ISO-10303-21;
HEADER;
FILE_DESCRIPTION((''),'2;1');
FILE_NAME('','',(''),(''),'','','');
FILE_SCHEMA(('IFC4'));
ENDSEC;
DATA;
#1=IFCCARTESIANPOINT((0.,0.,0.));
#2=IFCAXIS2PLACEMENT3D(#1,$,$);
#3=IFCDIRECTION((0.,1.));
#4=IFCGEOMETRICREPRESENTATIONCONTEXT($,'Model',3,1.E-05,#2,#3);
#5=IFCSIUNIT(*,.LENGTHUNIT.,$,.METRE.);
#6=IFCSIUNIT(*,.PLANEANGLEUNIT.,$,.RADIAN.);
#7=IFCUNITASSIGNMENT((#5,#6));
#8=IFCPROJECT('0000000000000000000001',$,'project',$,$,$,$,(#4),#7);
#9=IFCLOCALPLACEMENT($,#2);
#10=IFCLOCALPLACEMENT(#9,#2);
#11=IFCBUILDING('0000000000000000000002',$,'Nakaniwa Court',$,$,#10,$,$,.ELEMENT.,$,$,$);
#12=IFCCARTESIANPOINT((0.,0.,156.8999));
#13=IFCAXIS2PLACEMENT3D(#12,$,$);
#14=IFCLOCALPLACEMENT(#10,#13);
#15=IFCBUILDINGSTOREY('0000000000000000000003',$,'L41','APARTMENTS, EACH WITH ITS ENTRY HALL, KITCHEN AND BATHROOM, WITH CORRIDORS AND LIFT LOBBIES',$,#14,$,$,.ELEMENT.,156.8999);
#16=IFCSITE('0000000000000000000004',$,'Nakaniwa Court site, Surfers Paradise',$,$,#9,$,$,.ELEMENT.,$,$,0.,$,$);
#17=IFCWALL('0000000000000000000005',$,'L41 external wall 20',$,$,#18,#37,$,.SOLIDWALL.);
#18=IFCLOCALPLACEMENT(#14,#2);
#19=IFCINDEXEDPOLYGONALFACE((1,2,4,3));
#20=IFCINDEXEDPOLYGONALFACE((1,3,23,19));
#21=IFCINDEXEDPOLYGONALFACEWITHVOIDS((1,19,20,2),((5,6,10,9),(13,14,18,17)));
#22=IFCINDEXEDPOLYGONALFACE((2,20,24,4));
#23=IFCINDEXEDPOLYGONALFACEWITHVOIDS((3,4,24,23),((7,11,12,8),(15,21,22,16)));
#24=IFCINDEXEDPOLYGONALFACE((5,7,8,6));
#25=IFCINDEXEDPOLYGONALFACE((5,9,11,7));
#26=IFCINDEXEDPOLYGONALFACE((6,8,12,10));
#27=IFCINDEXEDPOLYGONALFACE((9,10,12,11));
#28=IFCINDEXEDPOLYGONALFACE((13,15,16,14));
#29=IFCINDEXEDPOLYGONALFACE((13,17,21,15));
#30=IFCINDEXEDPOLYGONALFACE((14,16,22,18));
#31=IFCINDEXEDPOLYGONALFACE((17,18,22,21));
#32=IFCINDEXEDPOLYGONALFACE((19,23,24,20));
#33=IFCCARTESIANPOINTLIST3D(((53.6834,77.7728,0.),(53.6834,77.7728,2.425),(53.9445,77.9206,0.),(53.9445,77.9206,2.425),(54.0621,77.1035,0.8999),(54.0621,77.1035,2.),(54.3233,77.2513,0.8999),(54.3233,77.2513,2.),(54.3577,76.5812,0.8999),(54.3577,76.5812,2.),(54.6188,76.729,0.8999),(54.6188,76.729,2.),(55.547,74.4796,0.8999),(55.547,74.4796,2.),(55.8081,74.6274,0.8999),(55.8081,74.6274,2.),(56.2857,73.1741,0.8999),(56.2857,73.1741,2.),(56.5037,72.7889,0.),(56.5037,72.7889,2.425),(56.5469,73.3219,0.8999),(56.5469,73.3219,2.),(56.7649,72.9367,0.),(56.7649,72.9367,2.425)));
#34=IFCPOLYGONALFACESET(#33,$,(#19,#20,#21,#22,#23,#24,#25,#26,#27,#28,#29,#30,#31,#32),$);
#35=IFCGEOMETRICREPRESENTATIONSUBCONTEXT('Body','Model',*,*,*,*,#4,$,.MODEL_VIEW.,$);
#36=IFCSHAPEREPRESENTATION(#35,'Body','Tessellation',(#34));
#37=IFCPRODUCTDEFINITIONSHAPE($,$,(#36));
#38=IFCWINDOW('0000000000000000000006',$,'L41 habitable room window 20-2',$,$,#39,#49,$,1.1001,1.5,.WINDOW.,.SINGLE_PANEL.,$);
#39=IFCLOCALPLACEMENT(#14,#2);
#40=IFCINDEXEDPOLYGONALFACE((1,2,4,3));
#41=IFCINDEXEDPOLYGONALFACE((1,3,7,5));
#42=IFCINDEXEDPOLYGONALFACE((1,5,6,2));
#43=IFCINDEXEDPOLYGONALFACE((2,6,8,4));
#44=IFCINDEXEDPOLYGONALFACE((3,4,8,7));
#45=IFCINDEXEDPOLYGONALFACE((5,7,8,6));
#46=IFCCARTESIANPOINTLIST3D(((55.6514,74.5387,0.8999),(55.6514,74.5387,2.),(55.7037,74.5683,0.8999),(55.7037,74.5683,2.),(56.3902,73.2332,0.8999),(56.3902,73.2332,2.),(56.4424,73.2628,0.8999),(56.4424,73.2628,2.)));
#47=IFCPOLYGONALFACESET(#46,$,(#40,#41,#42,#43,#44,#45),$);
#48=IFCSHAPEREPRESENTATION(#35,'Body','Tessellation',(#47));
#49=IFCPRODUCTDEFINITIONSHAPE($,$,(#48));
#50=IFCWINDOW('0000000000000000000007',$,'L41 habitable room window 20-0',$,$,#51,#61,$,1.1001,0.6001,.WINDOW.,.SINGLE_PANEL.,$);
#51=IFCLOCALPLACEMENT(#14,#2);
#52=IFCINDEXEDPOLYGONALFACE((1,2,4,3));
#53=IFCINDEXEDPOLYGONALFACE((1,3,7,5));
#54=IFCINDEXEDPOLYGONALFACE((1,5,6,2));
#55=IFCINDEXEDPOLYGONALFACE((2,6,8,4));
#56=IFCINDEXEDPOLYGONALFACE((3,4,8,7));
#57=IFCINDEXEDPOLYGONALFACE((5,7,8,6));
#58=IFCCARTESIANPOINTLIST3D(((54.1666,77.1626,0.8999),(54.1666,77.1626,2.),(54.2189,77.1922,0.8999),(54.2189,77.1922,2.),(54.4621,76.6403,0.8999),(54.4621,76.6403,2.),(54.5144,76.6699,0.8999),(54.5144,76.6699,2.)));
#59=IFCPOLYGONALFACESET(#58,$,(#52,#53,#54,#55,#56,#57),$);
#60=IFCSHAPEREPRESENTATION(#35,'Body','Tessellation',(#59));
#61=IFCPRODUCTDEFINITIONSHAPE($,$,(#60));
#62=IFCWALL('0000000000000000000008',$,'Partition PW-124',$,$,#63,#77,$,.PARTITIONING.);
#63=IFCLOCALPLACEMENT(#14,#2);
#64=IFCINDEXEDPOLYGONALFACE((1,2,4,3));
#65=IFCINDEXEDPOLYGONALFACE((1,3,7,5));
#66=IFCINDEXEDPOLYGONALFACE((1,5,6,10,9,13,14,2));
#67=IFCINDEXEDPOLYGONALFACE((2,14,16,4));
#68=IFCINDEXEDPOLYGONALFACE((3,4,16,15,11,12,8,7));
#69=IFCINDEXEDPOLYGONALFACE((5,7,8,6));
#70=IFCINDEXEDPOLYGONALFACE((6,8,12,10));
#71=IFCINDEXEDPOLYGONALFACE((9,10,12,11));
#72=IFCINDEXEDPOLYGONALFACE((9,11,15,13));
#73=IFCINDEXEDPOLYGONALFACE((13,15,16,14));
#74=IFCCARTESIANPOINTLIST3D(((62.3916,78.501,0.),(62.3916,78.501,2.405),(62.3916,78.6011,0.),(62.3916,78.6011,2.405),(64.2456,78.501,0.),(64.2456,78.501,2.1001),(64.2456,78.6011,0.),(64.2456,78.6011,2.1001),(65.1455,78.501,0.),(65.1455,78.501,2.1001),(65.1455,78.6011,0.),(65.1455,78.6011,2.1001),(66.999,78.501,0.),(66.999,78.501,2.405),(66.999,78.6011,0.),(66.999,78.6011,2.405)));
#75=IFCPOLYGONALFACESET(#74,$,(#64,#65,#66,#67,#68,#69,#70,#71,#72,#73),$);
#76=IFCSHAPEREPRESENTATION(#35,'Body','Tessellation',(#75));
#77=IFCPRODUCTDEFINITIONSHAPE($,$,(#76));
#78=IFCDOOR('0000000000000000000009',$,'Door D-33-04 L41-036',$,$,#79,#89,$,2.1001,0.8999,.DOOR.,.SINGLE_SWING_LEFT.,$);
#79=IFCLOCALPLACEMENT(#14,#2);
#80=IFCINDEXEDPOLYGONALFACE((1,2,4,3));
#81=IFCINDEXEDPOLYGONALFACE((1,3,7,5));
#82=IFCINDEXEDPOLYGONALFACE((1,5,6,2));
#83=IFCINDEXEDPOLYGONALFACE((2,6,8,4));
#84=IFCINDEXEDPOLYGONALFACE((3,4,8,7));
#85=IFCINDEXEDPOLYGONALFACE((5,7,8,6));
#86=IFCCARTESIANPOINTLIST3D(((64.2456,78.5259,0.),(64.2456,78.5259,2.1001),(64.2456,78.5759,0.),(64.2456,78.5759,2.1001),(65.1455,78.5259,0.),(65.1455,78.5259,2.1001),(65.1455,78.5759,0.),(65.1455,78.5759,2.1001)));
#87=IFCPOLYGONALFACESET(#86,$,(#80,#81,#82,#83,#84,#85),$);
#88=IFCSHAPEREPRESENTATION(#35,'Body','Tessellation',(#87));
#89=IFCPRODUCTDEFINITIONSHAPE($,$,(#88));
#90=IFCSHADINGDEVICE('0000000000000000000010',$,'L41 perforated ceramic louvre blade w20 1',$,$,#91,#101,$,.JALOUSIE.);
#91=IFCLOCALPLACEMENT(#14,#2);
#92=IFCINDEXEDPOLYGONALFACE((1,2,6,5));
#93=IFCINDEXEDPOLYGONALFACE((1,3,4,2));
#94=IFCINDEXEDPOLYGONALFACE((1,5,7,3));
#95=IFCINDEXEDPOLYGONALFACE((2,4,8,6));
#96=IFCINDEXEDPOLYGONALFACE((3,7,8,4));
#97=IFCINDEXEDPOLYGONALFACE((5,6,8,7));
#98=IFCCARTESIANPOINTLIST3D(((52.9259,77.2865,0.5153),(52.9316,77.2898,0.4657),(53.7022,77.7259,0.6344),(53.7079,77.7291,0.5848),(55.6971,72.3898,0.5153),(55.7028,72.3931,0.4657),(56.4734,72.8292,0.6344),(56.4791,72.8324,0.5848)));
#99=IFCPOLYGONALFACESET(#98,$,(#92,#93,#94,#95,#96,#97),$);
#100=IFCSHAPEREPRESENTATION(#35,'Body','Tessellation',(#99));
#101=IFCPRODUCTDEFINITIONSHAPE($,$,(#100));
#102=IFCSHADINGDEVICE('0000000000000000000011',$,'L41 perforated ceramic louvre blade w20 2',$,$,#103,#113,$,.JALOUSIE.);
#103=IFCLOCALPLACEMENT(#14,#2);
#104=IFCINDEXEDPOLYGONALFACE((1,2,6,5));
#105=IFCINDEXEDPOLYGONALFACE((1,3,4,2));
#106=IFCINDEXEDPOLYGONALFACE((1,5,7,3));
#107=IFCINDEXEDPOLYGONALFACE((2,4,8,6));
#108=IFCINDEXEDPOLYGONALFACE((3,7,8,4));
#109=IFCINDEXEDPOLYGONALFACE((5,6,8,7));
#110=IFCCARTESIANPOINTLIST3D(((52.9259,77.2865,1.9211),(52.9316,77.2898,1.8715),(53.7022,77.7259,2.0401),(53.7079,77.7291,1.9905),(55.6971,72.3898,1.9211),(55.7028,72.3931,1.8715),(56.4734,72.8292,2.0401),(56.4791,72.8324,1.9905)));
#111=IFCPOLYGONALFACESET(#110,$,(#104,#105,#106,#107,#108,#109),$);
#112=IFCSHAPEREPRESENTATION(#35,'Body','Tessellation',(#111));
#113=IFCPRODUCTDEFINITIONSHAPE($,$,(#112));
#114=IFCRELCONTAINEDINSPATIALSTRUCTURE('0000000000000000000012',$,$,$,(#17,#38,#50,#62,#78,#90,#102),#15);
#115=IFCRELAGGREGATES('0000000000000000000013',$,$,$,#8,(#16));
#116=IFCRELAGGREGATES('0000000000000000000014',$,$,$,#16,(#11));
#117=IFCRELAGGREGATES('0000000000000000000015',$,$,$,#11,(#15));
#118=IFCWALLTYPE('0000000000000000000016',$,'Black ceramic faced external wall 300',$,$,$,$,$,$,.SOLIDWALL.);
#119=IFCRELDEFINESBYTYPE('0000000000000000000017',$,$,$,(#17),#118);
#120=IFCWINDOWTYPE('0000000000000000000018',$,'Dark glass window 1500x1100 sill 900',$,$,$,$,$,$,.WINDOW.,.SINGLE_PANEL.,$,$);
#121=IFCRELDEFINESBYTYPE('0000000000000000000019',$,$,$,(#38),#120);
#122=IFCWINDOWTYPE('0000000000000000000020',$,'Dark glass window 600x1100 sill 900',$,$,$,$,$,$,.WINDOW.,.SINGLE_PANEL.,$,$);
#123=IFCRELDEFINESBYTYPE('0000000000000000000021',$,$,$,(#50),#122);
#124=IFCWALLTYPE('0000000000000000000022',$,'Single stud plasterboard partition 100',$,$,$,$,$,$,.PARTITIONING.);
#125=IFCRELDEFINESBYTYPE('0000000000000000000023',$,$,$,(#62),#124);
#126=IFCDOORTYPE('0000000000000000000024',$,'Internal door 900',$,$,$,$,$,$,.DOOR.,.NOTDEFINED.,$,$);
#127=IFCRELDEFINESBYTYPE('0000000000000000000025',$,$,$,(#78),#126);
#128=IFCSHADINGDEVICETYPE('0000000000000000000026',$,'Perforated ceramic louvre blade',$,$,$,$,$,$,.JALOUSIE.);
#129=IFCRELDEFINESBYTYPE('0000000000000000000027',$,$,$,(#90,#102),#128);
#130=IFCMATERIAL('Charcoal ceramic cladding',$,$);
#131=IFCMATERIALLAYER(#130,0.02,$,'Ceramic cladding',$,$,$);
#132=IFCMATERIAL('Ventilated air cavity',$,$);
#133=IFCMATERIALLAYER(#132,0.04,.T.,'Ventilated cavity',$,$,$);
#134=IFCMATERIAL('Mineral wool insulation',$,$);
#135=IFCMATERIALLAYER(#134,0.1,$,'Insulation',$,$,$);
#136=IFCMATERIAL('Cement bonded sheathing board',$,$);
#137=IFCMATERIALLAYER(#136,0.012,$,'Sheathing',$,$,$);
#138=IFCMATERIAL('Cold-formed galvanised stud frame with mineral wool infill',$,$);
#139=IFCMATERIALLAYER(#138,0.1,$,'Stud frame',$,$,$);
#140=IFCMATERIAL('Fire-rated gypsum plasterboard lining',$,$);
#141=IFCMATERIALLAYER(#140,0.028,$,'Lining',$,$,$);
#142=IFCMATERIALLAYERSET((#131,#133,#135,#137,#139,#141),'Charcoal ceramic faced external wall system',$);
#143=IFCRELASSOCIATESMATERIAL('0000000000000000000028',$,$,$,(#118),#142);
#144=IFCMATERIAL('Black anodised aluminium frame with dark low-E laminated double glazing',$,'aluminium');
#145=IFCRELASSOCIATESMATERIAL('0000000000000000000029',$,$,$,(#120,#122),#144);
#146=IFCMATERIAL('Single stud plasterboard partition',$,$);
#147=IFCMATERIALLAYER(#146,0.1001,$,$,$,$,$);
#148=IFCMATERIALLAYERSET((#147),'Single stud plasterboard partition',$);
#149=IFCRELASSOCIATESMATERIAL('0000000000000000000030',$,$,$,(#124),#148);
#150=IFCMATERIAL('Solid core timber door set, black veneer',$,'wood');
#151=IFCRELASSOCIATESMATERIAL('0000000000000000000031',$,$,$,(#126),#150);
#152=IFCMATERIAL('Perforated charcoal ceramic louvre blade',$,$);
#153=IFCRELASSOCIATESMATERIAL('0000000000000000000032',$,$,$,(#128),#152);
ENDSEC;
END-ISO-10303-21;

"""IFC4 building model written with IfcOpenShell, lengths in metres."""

from ifc_helpers import new_model, si_unit, direction, frame, frame_2d, origin, origin_2d, place, context, subcontext, project, spatial, rectangle, extrude, material, layer, layer_set, material_profile, profile_set, type_object, element, fill, save


model = new_model("IFC4")

# Units and contexts
model_context = context("Model", 3, precision=1e-05, world=origin(), true_north=direction((0.0, 1.0)))
body_context = subcontext(model_context, "Body", "Model", "MODEL_VIEW")
ifc_project = project(units=[si_unit("LENGTHUNIT", "METRE"), si_unit("PLANEANGLEUNIT", "RADIAN")], contexts=[model_context])

# Site, building, storey
site_placement = place(None, origin())
site = spatial("IfcSite", under=ifc_project, at=site_placement, Name="Nakaniwa Court site, Surfers Paradise", CompositionType="ELEMENT", RefElevation=0.0)
building_placement = place(site_placement, origin())
building = spatial("IfcBuilding", under=site, at=building_placement, Name="Nakaniwa Court", CompositionType="ELEMENT")
storey_placement = place(building_placement, frame((0.0, 0.0, 156.8999)))
storey = spatial("IfcBuildingStorey", under=building, at=storey_placement, Name="L41", Description="APARTMENTS, EACH WITH ITS ENTRY HALL, KITCHEN AND BATHROOM, WITH CORRIDORS AND LIFT LOBBIES", CompositionType="ELEMENT", Elevation=156.8999)

# Shared definitions
ifc_material_1 = material(Name="Charcoal ceramic cladding")
ifc_layer_1 = layer(ifc_material_1, 0.02, Name="Ceramic cladding")
ifc_material_2 = material(Name="Ventilated air cavity")
ifc_layer_2 = layer(ifc_material_2, 0.04, ventilated=True, Name="Ventilated cavity")
ifc_material_3 = material(Name="Mineral wool insulation")
ifc_layer_3 = layer(ifc_material_3, 0.1, Name="Insulation")
ifc_material_4 = material(Name="Cement bonded sheathing board")
ifc_layer_4 = layer(ifc_material_4, 0.012, Name="Sheathing")
ifc_material_5 = material(Name="Cold-formed galvanised stud frame with mineral wool infill")
ifc_layer_5 = layer(ifc_material_5, 0.1, Name="Stud frame")
ifc_material_6 = material(Name="Fire-rated gypsum plasterboard lining")
ifc_layer_6 = layer(ifc_material_6, 0.028, Name="Lining")
ifc_layer_set_1 = layer_set([ifc_layer_1, ifc_layer_2, ifc_layer_3, ifc_layer_4, ifc_layer_5, ifc_layer_6], Name="Charcoal ceramic faced external wall system")
wall_type_1 = type_object("IfcWallType", Name="Black ceramic faced external wall 300", PredefinedType="SOLIDWALL", material=ifc_layer_set_1)
ifc_material_7 = material(Name="Black anodised aluminium frame with dark low-E laminated double glazing", Category="aluminium")
window_type_1 = type_object("IfcWindowType", Name="Dark glass window 1500x1100 sill 900", PartitioningType="SINGLE_PANEL", PredefinedType="WINDOW", material=ifc_material_7)

# Wall, openings, windows
wall_1_placement = place(storey_placement, frame((53.814, 77.8467, 0.0), z_axis=(0.0, 0.0, 1.0), x_axis=(0.492498, -0.870313, 0.0)))
wall_1 = element("IfcWall", 1, at=wall_1_placement, inside=storey, type_object=wall_type_1, Name="L41 external wall 20", PredefinedType="SOLIDWALL", context=body_context, shape_type="SweptSolid", body=[
    extrude(rectangle(XDim=5.7266, YDim=0.3, at=frame_2d((2.8633, 0.0))), origin(), (0.0, 0.0, 1.0), 2.425),
])
opening_1_placement = place(wall_1_placement, frame((0.769, 0.0, 0.8999)))
opening_1 = element("IfcOpeningElement", 2, at=opening_1_placement, cuts=wall_1, PredefinedType="OPENING", context=body_context, shape_type="SweptSolid", body=[
    extrude(rectangle(XDim=0.6001, YDim=1.1001, at=frame_2d((0.3, 0.55))), frame((0.0, 0.1599, 0.0), z_axis=(0.0, -1.0, 0.0), x_axis=(1.0, 0.0, 0.0)), (0.0, 0.0, 1.0), 0.3201),
])
opening_2_placement = place(wall_1_placement, frame((3.7839, 0.0, 0.8999)))
opening_2 = element("IfcOpeningElement", 3, at=opening_2_placement, cuts=wall_1, PredefinedType="OPENING", context=body_context, shape_type="SweptSolid", body=[
    extrude(rectangle(XDim=1.5, YDim=1.1001, at=frame_2d((0.75, 0.55))), frame((0.0, 0.1599, 0.0), z_axis=(0.0, -1.0, 0.0), x_axis=(1.0, 0.0, 0.0)), (0.0, 0.0, 1.0), 0.3201),
])
window_1_placement = place(opening_2_placement, origin())
window_1 = element("IfcWindow", 4, at=window_1_placement, inside=storey, type_object=window_type_1, Name="L41 habitable room window 20-2", OverallHeight=1.1001, OverallWidth=1.5, PartitioningType="SINGLE_PANEL", PredefinedType="WINDOW", context=body_context, shape_type="SweptSolid", body=[
    extrude(rectangle(XDim=1.5, YDim=1.1001, at=frame_2d((0.75, 0.55))), frame((0.0, 0.03, 0.0), z_axis=(0.0, -1.0, 0.0), x_axis=(1.0, 0.0, 0.0)), (0.0, 0.0, 1.0), 0.0601),
])
fill(opening_2, window_1)
window_type_2 = type_object("IfcWindowType", Name="Dark glass window 600x1100 sill 900", PartitioningType="SINGLE_PANEL", PredefinedType="WINDOW", material=ifc_material_7)
window_2_placement = place(opening_1_placement, origin())
window_2 = element("IfcWindow", 5, at=window_2_placement, inside=storey, type_object=window_type_2, Name="L41 habitable room window 20-0", OverallHeight=1.1001, OverallWidth=0.6001, PartitioningType="SINGLE_PANEL", PredefinedType="WINDOW", context=body_context, shape_type="SweptSolid", body=[
    extrude(rectangle(XDim=0.6001, YDim=1.1001, at=frame_2d((0.3, 0.55))), frame((0.0, 0.03, 0.0), z_axis=(0.0, -1.0, 0.0), x_axis=(1.0, 0.0, 0.0)), (0.0, 0.0, 1.0), 0.0601),
])
fill(opening_1, window_2)

# Wall, opening, door
ifc_material_8 = material(Name="Single stud plasterboard partition")
ifc_layer_7 = layer(ifc_material_8, 0.1001)
ifc_layer_set_2 = layer_set([ifc_layer_7], Name="Single stud plasterboard partition")
wall_type_2 = type_object("IfcWallType", Name="Single stud plasterboard partition 100", PredefinedType="PARTITIONING", material=ifc_layer_set_2)
wall_2_placement = place(storey_placement, frame((62.3916, 78.551, 0.0), z_axis=(0.0, 0.0, 1.0), x_axis=(1.0, 0.0, 0.0)))
wall_2 = element("IfcWall", 6, at=wall_2_placement, inside=storey, type_object=wall_type_2, Name="Partition PW-124", PredefinedType="PARTITIONING", context=body_context, shape_type="SweptSolid", body=[
    extrude(rectangle(XDim=4.6074, YDim=0.1001, at=frame_2d((2.3037, 0.0))), origin(), (0.0, 0.0, 1.0), 2.405),
])
opening_3_placement = place(wall_2_placement, frame((1.854, 0.0, 0.0)))
opening_3 = element("IfcOpeningElement", 7, at=opening_3_placement, cuts=wall_2, PredefinedType="OPENING", context=body_context, shape_type="SweptSolid", body=[
    extrude(rectangle(XDim=0.8999, YDim=2.1001, at=frame_2d((0.45, 1.05))), frame((0.0, 0.0601, 0.0), z_axis=(0.0, -1.0, 0.0), x_axis=(1.0, 0.0, 0.0)), (0.0, 0.0, 1.0), 0.1201),
])
ifc_material_9 = material(Name="Solid core timber door set, black veneer", Category="wood")
door_type = type_object("IfcDoorType", Name="Internal door 900", OperationType="NOTDEFINED", PredefinedType="DOOR", material=ifc_material_9)
door_placement = place(opening_3_placement, origin())
door = element("IfcDoor", 8, at=door_placement, inside=storey, type_object=door_type, Name="Door D-33-04 L41-036", OperationType="SINGLE_SWING_LEFT", OverallHeight=2.1001, OverallWidth=0.8999, PredefinedType="DOOR", context=body_context, shape_type="SweptSolid", body=[
    extrude(rectangle(XDim=0.8999, YDim=2.1001, at=frame_2d((0.45, 1.05))), frame((0.0, 0.0249, 0.0), z_axis=(0.0, -1.0, 0.0), x_axis=(1.0, 0.0, 0.0)), (0.0, 0.0, 1.0), 0.05),
])
fill(opening_3, door)

# Shading devices
ifc_material_10 = material(Name="Perforated charcoal ceramic louvre blade")
ifc_material_profile_1 = material_profile(ifc_material_10, rectangle(XDim=0.8999, YDim=0.05, at=origin_2d()), Name="Perforated ceramic louvre blade")
ifc_profile_set_1 = profile_set([ifc_material_profile_1], Name="Perforated charcoal ceramic louvre blade")
shading_device_type = type_object("IfcShadingDeviceType", Name="Perforated ceramic louvre blade", PredefinedType="JALOUSIE", material=ifc_profile_set_1)
for number, where, z_axis, x_axis, name in (
    (9, (53.3169, 77.5078, 0.55), (0.492532, -0.870294, 0.0), (0.862649, 0.488205, 0.132256), "L41 perforated ceramic louvre blade w20 1"),
    (10, (53.3169, 77.5078, 1.9558), (0.492532, -0.870294, 0.0), (0.862649, 0.488205, 0.132256), "L41 perforated ceramic louvre blade w20 2"),
):
    element("IfcShadingDevice", number, at=place(storey_placement, frame(where, z_axis=z_axis, x_axis=x_axis)), inside=storey, type_object=shading_device_type, Name=name, PredefinedType="JALOUSIE", context=body_context, shape_type="SweptSolid", body=[
        extrude(rectangle(XDim=0.8999, YDim=0.05, at=origin_2d()), origin(), (0.0, 0.0, 1.0), 5.6265),
    ])

save(model, "model.ifc")
